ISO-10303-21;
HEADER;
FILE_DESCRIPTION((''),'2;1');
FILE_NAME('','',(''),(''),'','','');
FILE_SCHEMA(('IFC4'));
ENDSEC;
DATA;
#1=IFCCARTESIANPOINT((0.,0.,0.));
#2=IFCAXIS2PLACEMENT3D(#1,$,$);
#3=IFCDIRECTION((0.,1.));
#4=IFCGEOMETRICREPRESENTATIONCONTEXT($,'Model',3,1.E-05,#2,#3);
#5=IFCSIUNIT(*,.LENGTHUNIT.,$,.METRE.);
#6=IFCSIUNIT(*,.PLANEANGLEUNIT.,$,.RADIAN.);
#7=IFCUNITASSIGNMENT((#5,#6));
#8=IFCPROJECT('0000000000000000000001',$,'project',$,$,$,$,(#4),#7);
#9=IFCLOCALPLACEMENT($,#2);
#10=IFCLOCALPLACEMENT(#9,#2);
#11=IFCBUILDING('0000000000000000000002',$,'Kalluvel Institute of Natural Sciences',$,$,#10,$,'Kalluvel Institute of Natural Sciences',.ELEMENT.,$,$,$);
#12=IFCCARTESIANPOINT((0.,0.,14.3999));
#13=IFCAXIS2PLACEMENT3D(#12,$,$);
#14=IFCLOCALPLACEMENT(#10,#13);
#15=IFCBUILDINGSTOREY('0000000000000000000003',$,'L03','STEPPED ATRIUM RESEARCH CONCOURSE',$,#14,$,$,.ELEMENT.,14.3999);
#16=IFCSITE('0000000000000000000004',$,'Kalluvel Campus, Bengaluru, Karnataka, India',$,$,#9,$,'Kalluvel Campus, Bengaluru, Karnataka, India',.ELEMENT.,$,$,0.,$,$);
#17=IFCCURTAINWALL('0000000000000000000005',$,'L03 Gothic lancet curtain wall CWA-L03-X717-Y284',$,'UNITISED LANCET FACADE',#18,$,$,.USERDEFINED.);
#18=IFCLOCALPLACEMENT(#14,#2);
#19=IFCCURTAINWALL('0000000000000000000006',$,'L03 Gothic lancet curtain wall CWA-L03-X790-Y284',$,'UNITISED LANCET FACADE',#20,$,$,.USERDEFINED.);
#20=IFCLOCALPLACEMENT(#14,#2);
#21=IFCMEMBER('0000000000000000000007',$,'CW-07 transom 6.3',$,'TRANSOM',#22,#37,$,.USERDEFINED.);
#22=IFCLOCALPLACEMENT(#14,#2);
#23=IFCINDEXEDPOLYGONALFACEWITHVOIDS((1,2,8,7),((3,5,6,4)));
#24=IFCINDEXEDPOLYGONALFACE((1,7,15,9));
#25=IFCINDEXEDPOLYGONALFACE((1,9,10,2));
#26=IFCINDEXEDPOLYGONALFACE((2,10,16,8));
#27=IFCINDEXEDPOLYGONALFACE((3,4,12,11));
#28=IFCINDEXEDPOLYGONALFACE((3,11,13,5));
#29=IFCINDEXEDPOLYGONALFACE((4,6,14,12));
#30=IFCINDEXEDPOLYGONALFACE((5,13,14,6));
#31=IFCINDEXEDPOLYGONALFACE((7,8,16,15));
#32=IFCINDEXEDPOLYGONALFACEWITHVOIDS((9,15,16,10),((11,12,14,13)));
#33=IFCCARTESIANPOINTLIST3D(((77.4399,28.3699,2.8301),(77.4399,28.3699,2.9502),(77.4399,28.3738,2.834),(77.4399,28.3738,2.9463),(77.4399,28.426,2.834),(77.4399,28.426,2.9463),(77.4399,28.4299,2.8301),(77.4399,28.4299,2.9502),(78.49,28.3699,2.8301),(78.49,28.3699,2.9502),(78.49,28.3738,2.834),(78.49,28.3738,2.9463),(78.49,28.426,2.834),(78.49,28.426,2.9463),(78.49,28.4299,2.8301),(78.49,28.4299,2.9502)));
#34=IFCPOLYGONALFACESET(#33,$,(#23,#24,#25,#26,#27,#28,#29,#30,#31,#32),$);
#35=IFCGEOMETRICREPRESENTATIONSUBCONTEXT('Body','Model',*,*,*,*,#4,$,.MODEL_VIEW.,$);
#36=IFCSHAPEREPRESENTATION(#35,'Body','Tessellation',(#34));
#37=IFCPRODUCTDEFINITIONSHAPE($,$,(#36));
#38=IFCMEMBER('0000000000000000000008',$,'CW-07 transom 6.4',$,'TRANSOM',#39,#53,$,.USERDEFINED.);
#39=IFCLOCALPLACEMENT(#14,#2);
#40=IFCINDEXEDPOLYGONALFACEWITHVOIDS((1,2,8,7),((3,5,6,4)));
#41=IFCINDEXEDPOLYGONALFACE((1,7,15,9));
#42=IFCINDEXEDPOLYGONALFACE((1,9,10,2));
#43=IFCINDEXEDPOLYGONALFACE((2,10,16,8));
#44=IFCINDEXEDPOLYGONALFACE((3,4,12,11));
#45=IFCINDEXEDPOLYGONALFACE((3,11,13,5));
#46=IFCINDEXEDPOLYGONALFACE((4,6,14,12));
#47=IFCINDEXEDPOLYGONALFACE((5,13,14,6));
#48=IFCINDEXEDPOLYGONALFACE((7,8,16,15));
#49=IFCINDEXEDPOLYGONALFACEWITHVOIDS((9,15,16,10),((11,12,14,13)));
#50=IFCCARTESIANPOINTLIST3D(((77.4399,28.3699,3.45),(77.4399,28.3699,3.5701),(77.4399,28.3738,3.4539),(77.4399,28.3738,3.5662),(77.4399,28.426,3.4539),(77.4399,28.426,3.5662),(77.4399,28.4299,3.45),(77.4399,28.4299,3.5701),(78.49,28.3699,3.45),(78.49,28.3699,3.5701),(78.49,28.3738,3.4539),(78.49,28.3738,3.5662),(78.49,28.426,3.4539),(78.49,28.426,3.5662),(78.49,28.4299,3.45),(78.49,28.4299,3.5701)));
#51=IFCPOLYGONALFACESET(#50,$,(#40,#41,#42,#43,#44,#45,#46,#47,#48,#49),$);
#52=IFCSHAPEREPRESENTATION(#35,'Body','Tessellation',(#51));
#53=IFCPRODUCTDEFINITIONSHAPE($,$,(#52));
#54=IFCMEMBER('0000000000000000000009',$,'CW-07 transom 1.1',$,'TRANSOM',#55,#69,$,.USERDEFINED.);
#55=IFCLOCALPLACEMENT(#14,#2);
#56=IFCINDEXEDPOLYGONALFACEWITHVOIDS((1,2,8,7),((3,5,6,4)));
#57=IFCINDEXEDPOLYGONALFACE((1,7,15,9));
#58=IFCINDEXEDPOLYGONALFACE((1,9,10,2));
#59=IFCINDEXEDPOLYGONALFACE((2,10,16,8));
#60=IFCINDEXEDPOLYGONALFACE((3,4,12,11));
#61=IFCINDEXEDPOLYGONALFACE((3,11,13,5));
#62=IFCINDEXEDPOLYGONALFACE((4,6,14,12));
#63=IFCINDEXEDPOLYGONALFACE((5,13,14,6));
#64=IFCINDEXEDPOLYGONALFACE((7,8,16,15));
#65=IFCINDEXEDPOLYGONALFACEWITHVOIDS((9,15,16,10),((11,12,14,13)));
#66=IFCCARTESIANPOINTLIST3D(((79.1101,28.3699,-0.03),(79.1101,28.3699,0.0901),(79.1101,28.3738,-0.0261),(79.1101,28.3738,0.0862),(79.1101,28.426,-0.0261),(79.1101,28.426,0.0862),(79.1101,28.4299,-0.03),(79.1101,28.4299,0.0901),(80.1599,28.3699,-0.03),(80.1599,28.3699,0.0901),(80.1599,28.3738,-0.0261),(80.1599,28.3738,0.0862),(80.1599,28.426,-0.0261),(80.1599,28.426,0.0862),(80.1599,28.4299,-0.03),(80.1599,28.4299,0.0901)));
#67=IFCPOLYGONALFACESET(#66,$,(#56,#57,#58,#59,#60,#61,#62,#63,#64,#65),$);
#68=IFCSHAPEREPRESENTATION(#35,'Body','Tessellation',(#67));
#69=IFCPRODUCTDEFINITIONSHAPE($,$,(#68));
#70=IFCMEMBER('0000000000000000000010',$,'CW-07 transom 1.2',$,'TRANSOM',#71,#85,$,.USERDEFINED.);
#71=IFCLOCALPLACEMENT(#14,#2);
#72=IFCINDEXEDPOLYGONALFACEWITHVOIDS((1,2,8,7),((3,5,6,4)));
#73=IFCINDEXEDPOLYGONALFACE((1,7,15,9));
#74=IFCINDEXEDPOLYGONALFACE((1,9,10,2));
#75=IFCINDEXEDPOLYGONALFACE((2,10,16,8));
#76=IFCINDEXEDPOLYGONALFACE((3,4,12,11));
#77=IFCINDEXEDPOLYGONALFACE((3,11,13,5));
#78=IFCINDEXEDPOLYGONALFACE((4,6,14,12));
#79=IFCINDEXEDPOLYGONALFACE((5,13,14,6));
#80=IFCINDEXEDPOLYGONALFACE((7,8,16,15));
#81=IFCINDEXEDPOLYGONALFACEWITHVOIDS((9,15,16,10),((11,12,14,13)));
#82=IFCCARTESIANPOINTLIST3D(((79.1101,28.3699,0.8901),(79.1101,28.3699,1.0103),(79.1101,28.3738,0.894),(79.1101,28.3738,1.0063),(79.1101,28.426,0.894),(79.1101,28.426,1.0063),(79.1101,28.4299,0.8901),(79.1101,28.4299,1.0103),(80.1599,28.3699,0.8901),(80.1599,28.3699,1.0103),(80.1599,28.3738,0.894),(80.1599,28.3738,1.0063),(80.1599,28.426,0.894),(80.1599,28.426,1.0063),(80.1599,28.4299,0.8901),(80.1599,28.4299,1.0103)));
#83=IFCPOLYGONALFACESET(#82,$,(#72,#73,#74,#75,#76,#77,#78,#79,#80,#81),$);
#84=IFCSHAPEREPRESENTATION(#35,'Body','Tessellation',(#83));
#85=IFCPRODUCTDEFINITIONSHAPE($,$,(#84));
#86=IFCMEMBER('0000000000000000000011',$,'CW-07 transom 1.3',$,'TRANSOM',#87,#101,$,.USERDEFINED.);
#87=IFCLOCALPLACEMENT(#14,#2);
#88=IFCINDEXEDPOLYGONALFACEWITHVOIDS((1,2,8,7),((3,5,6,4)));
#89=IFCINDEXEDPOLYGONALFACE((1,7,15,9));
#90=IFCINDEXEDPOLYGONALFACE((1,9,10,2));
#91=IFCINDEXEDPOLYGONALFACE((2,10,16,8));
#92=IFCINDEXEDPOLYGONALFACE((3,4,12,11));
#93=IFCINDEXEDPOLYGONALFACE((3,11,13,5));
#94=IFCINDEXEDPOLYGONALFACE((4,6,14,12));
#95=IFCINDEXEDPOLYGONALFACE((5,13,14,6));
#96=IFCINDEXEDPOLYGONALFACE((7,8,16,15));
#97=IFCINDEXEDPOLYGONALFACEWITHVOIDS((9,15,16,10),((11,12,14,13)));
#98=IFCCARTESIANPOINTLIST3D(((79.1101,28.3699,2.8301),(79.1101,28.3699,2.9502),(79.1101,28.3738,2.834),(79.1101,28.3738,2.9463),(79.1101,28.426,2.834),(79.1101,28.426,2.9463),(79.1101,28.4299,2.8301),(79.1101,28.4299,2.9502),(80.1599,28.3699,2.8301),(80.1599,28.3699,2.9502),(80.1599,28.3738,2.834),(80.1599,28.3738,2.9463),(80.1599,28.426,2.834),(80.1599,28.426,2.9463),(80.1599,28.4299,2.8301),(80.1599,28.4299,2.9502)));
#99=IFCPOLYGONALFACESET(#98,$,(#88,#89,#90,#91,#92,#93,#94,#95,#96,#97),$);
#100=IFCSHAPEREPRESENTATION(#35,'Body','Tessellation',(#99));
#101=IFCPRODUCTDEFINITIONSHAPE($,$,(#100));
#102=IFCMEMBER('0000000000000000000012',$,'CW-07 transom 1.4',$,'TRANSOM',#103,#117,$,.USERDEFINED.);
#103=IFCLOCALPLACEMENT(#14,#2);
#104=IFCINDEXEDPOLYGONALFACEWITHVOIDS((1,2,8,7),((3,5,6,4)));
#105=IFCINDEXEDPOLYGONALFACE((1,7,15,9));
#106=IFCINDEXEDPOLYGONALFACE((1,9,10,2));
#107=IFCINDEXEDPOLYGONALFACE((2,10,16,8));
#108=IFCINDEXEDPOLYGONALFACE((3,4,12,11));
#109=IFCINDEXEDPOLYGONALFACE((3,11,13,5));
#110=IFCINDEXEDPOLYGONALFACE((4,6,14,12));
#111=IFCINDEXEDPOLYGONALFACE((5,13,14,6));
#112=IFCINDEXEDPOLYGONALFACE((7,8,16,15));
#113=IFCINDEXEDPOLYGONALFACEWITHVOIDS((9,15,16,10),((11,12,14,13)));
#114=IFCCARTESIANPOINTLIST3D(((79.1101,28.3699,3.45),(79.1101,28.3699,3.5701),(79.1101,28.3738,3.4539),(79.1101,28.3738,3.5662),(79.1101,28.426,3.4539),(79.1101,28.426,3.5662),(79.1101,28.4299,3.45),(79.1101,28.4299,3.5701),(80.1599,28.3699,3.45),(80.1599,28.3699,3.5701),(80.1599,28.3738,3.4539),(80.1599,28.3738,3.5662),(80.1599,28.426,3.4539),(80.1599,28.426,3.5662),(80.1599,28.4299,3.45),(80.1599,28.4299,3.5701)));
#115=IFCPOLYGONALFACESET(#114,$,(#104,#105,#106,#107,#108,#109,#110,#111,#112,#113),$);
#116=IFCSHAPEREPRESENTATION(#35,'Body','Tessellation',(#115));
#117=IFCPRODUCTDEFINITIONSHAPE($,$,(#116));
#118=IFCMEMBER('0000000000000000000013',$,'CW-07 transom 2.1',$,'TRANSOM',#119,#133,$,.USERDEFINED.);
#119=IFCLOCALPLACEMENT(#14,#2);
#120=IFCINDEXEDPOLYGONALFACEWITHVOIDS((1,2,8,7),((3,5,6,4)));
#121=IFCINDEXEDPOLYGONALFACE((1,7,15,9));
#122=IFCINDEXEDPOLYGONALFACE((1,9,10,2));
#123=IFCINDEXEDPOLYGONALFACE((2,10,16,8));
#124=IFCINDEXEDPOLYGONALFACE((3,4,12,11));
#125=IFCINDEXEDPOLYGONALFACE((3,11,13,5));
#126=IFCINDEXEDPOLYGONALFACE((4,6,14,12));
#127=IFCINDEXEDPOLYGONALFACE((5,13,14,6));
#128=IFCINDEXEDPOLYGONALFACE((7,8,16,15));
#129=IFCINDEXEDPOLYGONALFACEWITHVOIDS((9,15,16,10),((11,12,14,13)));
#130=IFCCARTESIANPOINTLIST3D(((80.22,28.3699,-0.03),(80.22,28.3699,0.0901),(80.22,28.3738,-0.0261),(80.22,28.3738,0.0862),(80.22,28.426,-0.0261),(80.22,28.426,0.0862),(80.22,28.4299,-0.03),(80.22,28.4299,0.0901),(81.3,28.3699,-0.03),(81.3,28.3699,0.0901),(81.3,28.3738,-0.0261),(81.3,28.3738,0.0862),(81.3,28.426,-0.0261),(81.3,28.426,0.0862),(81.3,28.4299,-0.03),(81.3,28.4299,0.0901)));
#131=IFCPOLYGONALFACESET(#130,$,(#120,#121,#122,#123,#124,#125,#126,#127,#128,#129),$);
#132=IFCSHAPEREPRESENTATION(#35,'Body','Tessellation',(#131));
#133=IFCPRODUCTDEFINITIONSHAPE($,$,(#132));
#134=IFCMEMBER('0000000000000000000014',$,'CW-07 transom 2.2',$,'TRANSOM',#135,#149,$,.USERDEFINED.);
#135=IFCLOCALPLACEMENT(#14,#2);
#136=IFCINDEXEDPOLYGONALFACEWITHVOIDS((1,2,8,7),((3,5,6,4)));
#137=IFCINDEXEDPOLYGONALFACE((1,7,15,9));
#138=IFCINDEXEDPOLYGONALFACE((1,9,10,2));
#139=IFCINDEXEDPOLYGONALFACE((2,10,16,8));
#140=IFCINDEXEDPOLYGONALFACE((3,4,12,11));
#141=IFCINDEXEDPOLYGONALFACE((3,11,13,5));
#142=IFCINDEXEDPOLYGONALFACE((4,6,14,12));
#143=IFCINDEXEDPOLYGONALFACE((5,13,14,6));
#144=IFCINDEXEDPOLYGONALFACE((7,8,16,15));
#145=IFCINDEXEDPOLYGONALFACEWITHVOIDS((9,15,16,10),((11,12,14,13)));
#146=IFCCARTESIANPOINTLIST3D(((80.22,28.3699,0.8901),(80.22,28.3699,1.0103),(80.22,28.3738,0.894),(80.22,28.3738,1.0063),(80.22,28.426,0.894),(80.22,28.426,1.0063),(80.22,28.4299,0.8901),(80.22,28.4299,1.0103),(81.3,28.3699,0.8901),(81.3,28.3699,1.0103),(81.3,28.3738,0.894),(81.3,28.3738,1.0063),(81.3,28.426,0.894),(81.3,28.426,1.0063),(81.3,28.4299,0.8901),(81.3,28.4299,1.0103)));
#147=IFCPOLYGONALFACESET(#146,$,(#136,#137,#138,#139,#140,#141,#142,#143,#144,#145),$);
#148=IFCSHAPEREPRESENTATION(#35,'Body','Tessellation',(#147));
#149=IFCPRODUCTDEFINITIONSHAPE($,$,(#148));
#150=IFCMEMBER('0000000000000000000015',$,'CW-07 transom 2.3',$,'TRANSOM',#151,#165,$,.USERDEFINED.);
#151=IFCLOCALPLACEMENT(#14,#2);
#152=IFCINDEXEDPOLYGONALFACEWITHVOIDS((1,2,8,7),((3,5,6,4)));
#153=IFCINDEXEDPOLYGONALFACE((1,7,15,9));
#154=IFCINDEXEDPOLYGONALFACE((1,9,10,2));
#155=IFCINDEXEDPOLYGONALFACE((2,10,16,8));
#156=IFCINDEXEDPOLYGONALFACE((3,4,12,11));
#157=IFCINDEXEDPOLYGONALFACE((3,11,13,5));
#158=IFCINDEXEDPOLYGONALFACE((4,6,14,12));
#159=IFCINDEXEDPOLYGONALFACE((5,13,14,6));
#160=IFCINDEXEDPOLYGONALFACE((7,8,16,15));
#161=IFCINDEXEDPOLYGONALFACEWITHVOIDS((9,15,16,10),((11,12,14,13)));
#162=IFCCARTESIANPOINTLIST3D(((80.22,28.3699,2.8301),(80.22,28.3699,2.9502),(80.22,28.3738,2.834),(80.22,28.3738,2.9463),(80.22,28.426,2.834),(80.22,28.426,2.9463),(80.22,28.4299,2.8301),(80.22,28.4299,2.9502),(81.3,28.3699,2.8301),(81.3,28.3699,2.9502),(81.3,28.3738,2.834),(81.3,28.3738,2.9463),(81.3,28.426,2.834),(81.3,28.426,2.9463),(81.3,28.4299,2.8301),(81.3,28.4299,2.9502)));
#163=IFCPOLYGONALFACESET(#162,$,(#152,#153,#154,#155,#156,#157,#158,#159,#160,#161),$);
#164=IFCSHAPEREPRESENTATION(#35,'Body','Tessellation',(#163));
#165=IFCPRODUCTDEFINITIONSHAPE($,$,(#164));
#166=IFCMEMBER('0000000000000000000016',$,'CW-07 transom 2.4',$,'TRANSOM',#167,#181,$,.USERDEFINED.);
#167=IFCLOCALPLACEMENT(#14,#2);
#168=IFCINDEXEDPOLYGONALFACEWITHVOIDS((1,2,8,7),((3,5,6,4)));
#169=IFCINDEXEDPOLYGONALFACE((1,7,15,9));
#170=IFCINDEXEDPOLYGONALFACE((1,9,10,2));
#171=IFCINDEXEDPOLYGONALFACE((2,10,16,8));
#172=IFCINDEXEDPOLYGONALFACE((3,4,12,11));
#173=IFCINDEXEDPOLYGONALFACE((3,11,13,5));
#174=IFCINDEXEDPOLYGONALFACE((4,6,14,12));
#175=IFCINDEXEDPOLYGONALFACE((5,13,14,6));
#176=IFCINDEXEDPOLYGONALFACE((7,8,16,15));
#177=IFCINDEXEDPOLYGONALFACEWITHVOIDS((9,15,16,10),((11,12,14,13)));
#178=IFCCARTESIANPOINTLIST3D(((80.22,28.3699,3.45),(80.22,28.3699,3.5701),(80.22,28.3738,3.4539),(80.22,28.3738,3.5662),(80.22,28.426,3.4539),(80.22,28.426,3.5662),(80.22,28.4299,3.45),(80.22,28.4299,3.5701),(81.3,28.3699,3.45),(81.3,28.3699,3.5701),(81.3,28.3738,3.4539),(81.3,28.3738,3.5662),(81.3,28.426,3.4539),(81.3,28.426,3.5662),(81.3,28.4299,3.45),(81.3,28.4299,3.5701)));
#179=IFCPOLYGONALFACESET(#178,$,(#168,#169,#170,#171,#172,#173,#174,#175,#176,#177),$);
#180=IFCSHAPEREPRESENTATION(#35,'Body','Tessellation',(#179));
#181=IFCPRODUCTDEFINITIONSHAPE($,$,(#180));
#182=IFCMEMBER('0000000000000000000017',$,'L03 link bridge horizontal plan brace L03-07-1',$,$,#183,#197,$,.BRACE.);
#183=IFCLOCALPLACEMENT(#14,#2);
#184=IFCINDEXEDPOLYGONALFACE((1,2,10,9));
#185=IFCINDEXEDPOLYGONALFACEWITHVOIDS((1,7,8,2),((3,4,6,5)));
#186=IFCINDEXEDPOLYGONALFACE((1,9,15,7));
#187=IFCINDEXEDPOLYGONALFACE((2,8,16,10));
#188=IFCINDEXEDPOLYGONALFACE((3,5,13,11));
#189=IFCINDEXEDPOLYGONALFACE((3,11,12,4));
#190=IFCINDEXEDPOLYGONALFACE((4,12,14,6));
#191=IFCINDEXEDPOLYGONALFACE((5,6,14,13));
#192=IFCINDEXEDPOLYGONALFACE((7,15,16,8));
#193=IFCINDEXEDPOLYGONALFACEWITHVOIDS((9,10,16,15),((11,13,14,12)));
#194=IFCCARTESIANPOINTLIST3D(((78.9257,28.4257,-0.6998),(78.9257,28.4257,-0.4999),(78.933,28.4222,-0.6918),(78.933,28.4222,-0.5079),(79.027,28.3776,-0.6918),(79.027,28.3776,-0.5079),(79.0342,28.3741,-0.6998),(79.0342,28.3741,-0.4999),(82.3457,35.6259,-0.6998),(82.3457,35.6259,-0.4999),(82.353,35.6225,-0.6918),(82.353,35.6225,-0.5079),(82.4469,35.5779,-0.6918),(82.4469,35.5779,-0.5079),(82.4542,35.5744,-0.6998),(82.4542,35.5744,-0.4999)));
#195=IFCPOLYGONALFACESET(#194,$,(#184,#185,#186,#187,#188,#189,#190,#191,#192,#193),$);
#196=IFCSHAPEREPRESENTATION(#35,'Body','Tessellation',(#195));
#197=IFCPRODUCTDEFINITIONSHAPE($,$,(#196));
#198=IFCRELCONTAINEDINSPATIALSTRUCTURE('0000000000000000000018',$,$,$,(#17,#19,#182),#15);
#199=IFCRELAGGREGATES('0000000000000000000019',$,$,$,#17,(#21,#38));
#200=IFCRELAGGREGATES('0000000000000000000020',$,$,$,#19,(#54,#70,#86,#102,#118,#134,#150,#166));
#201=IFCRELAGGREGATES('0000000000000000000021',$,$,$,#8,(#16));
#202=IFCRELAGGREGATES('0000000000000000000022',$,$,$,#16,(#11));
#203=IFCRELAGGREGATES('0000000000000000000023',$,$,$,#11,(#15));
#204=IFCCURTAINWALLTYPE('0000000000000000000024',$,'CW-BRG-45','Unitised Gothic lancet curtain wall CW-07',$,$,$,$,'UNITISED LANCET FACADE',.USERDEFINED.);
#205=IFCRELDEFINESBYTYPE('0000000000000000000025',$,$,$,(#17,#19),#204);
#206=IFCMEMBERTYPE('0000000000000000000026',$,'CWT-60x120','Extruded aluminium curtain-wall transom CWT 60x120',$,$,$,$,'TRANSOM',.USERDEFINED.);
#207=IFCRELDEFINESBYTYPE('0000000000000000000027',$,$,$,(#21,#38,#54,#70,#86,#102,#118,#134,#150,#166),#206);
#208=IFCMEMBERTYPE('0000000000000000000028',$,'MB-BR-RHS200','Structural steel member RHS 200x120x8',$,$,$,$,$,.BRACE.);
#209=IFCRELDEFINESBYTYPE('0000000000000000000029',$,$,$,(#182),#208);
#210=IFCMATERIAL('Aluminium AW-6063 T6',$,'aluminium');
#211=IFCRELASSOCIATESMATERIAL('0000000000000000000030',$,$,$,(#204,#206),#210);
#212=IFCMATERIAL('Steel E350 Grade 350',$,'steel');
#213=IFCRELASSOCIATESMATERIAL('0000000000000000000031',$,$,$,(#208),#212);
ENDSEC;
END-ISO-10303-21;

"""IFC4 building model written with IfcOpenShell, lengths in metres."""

from ifc_helpers import new_model, si_unit, direction, frame, origin, origin_2d, place, context, subcontext, project, spatial, hollow_rectangle, extrude, material, material_profile, profile_set, type_object, element, aggregate, save


model = new_model("IFC4")

# Units and contexts
model_context = context("Model", 3, precision=1e-05, world=origin(), true_north=direction((0.0, 1.0)))
body_context = subcontext(model_context, "Body", "Model", "MODEL_VIEW")
ifc_project = project(units=[si_unit("LENGTHUNIT", "METRE"), si_unit("PLANEANGLEUNIT", "RADIAN")], contexts=[model_context])

# Site, building, storey
site_placement = place(None, origin())
site = spatial("IfcSite", under=ifc_project, at=site_placement, Name="Kalluvel Campus, Bengaluru, Karnataka, India", LongName="Kalluvel Campus, Bengaluru, Karnataka, India", CompositionType="ELEMENT", RefElevation=0.0)
building_placement = place(site_placement, origin())
building = spatial("IfcBuilding", under=site, at=building_placement, Name="Kalluvel Institute of Natural Sciences", LongName="Kalluvel Institute of Natural Sciences", CompositionType="ELEMENT")
storey_placement = place(building_placement, frame((0.0, 0.0, 14.3999)))
storey = spatial("IfcBuildingStorey", under=building, at=storey_placement, Name="L03", Description="STEPPED ATRIUM RESEARCH CONCOURSE", CompositionType="ELEMENT", Elevation=14.3999)

# Shared definitions
ifc_material_1 = material(Name="Steel E350 Grade 350", Category="steel")

# Curtain wall
ifc_material_2 = material(Name="Aluminium AW-6063 T6", Category="aluminium")
curtain_wall_type = type_object("IfcCurtainWallType", Name="CW-BRG-45", Description="Unitised Gothic lancet curtain wall CW-07", ElementType="UNITISED LANCET FACADE", PredefinedType="USERDEFINED", material=ifc_material_2)
curtain_wall_1_placement = place(storey_placement, origin())
curtain_wall_1 = element("IfcCurtainWall", 1, at=curtain_wall_1_placement, inside=storey, type_object=curtain_wall_type, Name="L03 Gothic lancet curtain wall CWA-L03-X717-Y284", ObjectType="UNITISED LANCET FACADE", PredefinedType="USERDEFINED")

# Curtain wall
curtain_wall_2_placement = place(storey_placement, origin())
curtain_wall_2 = element("IfcCurtainWall", 2, at=curtain_wall_2_placement, inside=storey, type_object=curtain_wall_type, Name="L03 Gothic lancet curtain wall CWA-L03-X790-Y284", ObjectType="UNITISED LANCET FACADE", PredefinedType="USERDEFINED")

# Members
ifc_material_profile_1 = material_profile(ifc_material_2, hollow_rectangle(XDim=0.0601, YDim=0.1201, WallThickness=0.0039, at=origin_2d()), Name="CWT 60x120")
ifc_profile_set_1 = profile_set([ifc_material_profile_1], Name="Aluminium AW-6063 T6")
member_type_1 = type_object("IfcMemberType", Name="CWT-60x120", Description="Extruded aluminium curtain-wall transom CWT 60x120", ElementType="TRANSOM", PredefinedType="USERDEFINED", material=ifc_profile_set_1)
member_1_placement = place(storey_placement, frame((77.4399, 28.3999, 2.8901), z_axis=(1.0, 0.0, 0.0), x_axis=(0.0, 1.0, 0.0)))
member_1 = element("IfcMember", 3, at=member_1_placement, type_object=member_type_1, Name="CW-07 transom 6.3", ObjectType="TRANSOM", PredefinedType="USERDEFINED", context=body_context, shape_type="SweptSolid", body=[
    extrude(hollow_rectangle(XDim=0.0601, YDim=0.1201, WallThickness=0.0039, at=origin_2d()), origin(), (0.0, 0.0, 1.0), 1.05),
])
member_2_placement = place(storey_placement, frame((77.4399, 28.3999, 3.51), z_axis=(1.0, 0.0, 0.0), x_axis=(0.0, 1.0, 0.0)))
member_2 = element("IfcMember", 4, at=member_2_placement, type_object=member_type_1, Name="CW-07 transom 6.4", ObjectType="TRANSOM", PredefinedType="USERDEFINED", context=body_context, shape_type="SweptSolid", body=[
    extrude(hollow_rectangle(XDim=0.0601, YDim=0.1201, WallThickness=0.0039, at=origin_2d()), origin(), (0.0, 0.0, 1.0), 1.05),
])
member_3_placement = place(storey_placement, frame((79.1101, 28.3999, 0.03), z_axis=(1.0, 0.0, 0.0), x_axis=(0.0, 1.0, 0.0)))
member_3 = element("IfcMember", 5, at=member_3_placement, type_object=member_type_1, Name="CW-07 transom 1.1", ObjectType="TRANSOM", PredefinedType="USERDEFINED", context=body_context, shape_type="SweptSolid", body=[
    extrude(hollow_rectangle(XDim=0.0601, YDim=0.1201, WallThickness=0.0039, at=origin_2d()), origin(), (0.0, 0.0, 1.0), 1.0498),
])
member_4_placement = place(storey_placement, frame((79.1101, 28.3999, 0.9502), z_axis=(1.0, 0.0, 0.0), x_axis=(0.0, 1.0, 0.0)))
member_4 = element("IfcMember", 6, at=member_4_placement, type_object=member_type_1, Name="CW-07 transom 1.2", ObjectType="TRANSOM", PredefinedType="USERDEFINED", context=body_context, shape_type="SweptSolid", body=[
    extrude(hollow_rectangle(XDim=0.0601, YDim=0.1201, WallThickness=0.0039, at=origin_2d()), origin(), (0.0, 0.0, 1.0), 1.0498),
])
member_5_placement = place(storey_placement, frame((79.1101, 28.3999, 2.8901), z_axis=(1.0, 0.0, 0.0), x_axis=(0.0, 1.0, 0.0)))
member_5 = element("IfcMember", 7, at=member_5_placement, type_object=member_type_1, Name="CW-07 transom 1.3", ObjectType="TRANSOM", PredefinedType="USERDEFINED", context=body_context, shape_type="SweptSolid", body=[
    extrude(hollow_rectangle(XDim=0.0601, YDim=0.1201, WallThickness=0.0039, at=origin_2d()), origin(), (0.0, 0.0, 1.0), 1.0498),
])
member_6_placement = place(storey_placement, frame((79.1101, 28.3999, 3.51), z_axis=(1.0, 0.0, 0.0), x_axis=(0.0, 1.0, 0.0)))
member_6 = element("IfcMember", 8, at=member_6_placement, type_object=member_type_1, Name="CW-07 transom 1.4", ObjectType="TRANSOM", PredefinedType="USERDEFINED", context=body_context, shape_type="SweptSolid", body=[
    extrude(hollow_rectangle(XDim=0.0601, YDim=0.1201, WallThickness=0.0039, at=origin_2d()), origin(), (0.0, 0.0, 1.0), 1.0498),
])
member_7_placement = place(storey_placement, frame((80.22, 28.3999, 0.03), z_axis=(1.0, 0.0, 0.0), x_axis=(0.0, 1.0, 0.0)))
member_7 = element("IfcMember", 9, at=member_7_placement, type_object=member_type_1, Name="CW-07 transom 2.1", ObjectType="TRANSOM", PredefinedType="USERDEFINED", context=body_context, shape_type="SweptSolid", body=[
    extrude(hollow_rectangle(XDim=0.0601, YDim=0.1201, WallThickness=0.0039, at=origin_2d()), origin(), (0.0, 0.0, 1.0), 1.0801),
])
member_8_placement = place(storey_placement, frame((80.22, 28.3999, 0.9502), z_axis=(1.0, 0.0, 0.0), x_axis=(0.0, 1.0, 0.0)))
member_8 = element("IfcMember", 10, at=member_8_placement, type_object=member_type_1, Name="CW-07 transom 2.2", ObjectType="TRANSOM", PredefinedType="USERDEFINED", context=body_context, shape_type="SweptSolid", body=[
    extrude(hollow_rectangle(XDim=0.0601, YDim=0.1201, WallThickness=0.0039, at=origin_2d()), origin(), (0.0, 0.0, 1.0), 1.0801),
])
member_9_placement = place(storey_placement, frame((80.22, 28.3999, 2.8901), z_axis=(1.0, 0.0, 0.0), x_axis=(0.0, 1.0, 0.0)))
member_9 = element("IfcMember", 11, at=member_9_placement, type_object=member_type_1, Name="CW-07 transom 2.3", ObjectType="TRANSOM", PredefinedType="USERDEFINED", context=body_context, shape_type="SweptSolid", body=[
    extrude(hollow_rectangle(XDim=0.0601, YDim=0.1201, WallThickness=0.0039, at=origin_2d()), origin(), (0.0, 0.0, 1.0), 1.0801),
])
member_10_placement = place(storey_placement, frame((80.22, 28.3999, 3.51), z_axis=(1.0, 0.0, 0.0), x_axis=(0.0, 1.0, 0.0)))
member_10 = element("IfcMember", 12, at=member_10_placement, type_object=member_type_1, Name="CW-07 transom 2.4", ObjectType="TRANSOM", PredefinedType="USERDEFINED", context=body_context, shape_type="SweptSolid", body=[
    extrude(hollow_rectangle(XDim=0.0601, YDim=0.1201, WallThickness=0.0039, at=origin_2d()), origin(), (0.0, 0.0, 1.0), 1.0801),
])
ifc_material_profile_2 = material_profile(ifc_material_1, hollow_rectangle(XDim=0.1201, YDim=0.2, WallThickness=0.0081, at=origin_2d()), Name="RHS 200x120x8")
ifc_profile_set_2 = profile_set([ifc_material_profile_2], Name="Steel E350 Grade 350")
member_type_2 = type_object("IfcMemberType", Name="MB-BR-RHS200", Description="Structural steel member RHS 200x120x8", PredefinedType="BRACE", material=ifc_profile_set_2)
member_11_placement = place(storey_placement, frame((78.98, 28.3999, -0.5999), z_axis=(0.429039, 0.903286, 0.0), x_axis=(-0.903286, 0.429039, 0.0)))
element("IfcMember", 13, at=member_11_placement, inside=storey, type_object=member_type_2, Name="L03 link bridge horizontal plan brace L03-07-1", PredefinedType="BRACE", context=body_context, shape_type="SweptSolid", body=[
    extrude(hollow_rectangle(XDim=0.1201, YDim=0.2, WallThickness=0.0081, at=origin_2d()), origin(), (0.0, 0.0, 1.0), 7.9712),
])

aggregate(curtain_wall_1, [member_1, member_2])
aggregate(curtain_wall_2, [member_3, member_4, member_5, member_6, member_7, member_8, member_9, member_10])

save(model, "model.ifc")
